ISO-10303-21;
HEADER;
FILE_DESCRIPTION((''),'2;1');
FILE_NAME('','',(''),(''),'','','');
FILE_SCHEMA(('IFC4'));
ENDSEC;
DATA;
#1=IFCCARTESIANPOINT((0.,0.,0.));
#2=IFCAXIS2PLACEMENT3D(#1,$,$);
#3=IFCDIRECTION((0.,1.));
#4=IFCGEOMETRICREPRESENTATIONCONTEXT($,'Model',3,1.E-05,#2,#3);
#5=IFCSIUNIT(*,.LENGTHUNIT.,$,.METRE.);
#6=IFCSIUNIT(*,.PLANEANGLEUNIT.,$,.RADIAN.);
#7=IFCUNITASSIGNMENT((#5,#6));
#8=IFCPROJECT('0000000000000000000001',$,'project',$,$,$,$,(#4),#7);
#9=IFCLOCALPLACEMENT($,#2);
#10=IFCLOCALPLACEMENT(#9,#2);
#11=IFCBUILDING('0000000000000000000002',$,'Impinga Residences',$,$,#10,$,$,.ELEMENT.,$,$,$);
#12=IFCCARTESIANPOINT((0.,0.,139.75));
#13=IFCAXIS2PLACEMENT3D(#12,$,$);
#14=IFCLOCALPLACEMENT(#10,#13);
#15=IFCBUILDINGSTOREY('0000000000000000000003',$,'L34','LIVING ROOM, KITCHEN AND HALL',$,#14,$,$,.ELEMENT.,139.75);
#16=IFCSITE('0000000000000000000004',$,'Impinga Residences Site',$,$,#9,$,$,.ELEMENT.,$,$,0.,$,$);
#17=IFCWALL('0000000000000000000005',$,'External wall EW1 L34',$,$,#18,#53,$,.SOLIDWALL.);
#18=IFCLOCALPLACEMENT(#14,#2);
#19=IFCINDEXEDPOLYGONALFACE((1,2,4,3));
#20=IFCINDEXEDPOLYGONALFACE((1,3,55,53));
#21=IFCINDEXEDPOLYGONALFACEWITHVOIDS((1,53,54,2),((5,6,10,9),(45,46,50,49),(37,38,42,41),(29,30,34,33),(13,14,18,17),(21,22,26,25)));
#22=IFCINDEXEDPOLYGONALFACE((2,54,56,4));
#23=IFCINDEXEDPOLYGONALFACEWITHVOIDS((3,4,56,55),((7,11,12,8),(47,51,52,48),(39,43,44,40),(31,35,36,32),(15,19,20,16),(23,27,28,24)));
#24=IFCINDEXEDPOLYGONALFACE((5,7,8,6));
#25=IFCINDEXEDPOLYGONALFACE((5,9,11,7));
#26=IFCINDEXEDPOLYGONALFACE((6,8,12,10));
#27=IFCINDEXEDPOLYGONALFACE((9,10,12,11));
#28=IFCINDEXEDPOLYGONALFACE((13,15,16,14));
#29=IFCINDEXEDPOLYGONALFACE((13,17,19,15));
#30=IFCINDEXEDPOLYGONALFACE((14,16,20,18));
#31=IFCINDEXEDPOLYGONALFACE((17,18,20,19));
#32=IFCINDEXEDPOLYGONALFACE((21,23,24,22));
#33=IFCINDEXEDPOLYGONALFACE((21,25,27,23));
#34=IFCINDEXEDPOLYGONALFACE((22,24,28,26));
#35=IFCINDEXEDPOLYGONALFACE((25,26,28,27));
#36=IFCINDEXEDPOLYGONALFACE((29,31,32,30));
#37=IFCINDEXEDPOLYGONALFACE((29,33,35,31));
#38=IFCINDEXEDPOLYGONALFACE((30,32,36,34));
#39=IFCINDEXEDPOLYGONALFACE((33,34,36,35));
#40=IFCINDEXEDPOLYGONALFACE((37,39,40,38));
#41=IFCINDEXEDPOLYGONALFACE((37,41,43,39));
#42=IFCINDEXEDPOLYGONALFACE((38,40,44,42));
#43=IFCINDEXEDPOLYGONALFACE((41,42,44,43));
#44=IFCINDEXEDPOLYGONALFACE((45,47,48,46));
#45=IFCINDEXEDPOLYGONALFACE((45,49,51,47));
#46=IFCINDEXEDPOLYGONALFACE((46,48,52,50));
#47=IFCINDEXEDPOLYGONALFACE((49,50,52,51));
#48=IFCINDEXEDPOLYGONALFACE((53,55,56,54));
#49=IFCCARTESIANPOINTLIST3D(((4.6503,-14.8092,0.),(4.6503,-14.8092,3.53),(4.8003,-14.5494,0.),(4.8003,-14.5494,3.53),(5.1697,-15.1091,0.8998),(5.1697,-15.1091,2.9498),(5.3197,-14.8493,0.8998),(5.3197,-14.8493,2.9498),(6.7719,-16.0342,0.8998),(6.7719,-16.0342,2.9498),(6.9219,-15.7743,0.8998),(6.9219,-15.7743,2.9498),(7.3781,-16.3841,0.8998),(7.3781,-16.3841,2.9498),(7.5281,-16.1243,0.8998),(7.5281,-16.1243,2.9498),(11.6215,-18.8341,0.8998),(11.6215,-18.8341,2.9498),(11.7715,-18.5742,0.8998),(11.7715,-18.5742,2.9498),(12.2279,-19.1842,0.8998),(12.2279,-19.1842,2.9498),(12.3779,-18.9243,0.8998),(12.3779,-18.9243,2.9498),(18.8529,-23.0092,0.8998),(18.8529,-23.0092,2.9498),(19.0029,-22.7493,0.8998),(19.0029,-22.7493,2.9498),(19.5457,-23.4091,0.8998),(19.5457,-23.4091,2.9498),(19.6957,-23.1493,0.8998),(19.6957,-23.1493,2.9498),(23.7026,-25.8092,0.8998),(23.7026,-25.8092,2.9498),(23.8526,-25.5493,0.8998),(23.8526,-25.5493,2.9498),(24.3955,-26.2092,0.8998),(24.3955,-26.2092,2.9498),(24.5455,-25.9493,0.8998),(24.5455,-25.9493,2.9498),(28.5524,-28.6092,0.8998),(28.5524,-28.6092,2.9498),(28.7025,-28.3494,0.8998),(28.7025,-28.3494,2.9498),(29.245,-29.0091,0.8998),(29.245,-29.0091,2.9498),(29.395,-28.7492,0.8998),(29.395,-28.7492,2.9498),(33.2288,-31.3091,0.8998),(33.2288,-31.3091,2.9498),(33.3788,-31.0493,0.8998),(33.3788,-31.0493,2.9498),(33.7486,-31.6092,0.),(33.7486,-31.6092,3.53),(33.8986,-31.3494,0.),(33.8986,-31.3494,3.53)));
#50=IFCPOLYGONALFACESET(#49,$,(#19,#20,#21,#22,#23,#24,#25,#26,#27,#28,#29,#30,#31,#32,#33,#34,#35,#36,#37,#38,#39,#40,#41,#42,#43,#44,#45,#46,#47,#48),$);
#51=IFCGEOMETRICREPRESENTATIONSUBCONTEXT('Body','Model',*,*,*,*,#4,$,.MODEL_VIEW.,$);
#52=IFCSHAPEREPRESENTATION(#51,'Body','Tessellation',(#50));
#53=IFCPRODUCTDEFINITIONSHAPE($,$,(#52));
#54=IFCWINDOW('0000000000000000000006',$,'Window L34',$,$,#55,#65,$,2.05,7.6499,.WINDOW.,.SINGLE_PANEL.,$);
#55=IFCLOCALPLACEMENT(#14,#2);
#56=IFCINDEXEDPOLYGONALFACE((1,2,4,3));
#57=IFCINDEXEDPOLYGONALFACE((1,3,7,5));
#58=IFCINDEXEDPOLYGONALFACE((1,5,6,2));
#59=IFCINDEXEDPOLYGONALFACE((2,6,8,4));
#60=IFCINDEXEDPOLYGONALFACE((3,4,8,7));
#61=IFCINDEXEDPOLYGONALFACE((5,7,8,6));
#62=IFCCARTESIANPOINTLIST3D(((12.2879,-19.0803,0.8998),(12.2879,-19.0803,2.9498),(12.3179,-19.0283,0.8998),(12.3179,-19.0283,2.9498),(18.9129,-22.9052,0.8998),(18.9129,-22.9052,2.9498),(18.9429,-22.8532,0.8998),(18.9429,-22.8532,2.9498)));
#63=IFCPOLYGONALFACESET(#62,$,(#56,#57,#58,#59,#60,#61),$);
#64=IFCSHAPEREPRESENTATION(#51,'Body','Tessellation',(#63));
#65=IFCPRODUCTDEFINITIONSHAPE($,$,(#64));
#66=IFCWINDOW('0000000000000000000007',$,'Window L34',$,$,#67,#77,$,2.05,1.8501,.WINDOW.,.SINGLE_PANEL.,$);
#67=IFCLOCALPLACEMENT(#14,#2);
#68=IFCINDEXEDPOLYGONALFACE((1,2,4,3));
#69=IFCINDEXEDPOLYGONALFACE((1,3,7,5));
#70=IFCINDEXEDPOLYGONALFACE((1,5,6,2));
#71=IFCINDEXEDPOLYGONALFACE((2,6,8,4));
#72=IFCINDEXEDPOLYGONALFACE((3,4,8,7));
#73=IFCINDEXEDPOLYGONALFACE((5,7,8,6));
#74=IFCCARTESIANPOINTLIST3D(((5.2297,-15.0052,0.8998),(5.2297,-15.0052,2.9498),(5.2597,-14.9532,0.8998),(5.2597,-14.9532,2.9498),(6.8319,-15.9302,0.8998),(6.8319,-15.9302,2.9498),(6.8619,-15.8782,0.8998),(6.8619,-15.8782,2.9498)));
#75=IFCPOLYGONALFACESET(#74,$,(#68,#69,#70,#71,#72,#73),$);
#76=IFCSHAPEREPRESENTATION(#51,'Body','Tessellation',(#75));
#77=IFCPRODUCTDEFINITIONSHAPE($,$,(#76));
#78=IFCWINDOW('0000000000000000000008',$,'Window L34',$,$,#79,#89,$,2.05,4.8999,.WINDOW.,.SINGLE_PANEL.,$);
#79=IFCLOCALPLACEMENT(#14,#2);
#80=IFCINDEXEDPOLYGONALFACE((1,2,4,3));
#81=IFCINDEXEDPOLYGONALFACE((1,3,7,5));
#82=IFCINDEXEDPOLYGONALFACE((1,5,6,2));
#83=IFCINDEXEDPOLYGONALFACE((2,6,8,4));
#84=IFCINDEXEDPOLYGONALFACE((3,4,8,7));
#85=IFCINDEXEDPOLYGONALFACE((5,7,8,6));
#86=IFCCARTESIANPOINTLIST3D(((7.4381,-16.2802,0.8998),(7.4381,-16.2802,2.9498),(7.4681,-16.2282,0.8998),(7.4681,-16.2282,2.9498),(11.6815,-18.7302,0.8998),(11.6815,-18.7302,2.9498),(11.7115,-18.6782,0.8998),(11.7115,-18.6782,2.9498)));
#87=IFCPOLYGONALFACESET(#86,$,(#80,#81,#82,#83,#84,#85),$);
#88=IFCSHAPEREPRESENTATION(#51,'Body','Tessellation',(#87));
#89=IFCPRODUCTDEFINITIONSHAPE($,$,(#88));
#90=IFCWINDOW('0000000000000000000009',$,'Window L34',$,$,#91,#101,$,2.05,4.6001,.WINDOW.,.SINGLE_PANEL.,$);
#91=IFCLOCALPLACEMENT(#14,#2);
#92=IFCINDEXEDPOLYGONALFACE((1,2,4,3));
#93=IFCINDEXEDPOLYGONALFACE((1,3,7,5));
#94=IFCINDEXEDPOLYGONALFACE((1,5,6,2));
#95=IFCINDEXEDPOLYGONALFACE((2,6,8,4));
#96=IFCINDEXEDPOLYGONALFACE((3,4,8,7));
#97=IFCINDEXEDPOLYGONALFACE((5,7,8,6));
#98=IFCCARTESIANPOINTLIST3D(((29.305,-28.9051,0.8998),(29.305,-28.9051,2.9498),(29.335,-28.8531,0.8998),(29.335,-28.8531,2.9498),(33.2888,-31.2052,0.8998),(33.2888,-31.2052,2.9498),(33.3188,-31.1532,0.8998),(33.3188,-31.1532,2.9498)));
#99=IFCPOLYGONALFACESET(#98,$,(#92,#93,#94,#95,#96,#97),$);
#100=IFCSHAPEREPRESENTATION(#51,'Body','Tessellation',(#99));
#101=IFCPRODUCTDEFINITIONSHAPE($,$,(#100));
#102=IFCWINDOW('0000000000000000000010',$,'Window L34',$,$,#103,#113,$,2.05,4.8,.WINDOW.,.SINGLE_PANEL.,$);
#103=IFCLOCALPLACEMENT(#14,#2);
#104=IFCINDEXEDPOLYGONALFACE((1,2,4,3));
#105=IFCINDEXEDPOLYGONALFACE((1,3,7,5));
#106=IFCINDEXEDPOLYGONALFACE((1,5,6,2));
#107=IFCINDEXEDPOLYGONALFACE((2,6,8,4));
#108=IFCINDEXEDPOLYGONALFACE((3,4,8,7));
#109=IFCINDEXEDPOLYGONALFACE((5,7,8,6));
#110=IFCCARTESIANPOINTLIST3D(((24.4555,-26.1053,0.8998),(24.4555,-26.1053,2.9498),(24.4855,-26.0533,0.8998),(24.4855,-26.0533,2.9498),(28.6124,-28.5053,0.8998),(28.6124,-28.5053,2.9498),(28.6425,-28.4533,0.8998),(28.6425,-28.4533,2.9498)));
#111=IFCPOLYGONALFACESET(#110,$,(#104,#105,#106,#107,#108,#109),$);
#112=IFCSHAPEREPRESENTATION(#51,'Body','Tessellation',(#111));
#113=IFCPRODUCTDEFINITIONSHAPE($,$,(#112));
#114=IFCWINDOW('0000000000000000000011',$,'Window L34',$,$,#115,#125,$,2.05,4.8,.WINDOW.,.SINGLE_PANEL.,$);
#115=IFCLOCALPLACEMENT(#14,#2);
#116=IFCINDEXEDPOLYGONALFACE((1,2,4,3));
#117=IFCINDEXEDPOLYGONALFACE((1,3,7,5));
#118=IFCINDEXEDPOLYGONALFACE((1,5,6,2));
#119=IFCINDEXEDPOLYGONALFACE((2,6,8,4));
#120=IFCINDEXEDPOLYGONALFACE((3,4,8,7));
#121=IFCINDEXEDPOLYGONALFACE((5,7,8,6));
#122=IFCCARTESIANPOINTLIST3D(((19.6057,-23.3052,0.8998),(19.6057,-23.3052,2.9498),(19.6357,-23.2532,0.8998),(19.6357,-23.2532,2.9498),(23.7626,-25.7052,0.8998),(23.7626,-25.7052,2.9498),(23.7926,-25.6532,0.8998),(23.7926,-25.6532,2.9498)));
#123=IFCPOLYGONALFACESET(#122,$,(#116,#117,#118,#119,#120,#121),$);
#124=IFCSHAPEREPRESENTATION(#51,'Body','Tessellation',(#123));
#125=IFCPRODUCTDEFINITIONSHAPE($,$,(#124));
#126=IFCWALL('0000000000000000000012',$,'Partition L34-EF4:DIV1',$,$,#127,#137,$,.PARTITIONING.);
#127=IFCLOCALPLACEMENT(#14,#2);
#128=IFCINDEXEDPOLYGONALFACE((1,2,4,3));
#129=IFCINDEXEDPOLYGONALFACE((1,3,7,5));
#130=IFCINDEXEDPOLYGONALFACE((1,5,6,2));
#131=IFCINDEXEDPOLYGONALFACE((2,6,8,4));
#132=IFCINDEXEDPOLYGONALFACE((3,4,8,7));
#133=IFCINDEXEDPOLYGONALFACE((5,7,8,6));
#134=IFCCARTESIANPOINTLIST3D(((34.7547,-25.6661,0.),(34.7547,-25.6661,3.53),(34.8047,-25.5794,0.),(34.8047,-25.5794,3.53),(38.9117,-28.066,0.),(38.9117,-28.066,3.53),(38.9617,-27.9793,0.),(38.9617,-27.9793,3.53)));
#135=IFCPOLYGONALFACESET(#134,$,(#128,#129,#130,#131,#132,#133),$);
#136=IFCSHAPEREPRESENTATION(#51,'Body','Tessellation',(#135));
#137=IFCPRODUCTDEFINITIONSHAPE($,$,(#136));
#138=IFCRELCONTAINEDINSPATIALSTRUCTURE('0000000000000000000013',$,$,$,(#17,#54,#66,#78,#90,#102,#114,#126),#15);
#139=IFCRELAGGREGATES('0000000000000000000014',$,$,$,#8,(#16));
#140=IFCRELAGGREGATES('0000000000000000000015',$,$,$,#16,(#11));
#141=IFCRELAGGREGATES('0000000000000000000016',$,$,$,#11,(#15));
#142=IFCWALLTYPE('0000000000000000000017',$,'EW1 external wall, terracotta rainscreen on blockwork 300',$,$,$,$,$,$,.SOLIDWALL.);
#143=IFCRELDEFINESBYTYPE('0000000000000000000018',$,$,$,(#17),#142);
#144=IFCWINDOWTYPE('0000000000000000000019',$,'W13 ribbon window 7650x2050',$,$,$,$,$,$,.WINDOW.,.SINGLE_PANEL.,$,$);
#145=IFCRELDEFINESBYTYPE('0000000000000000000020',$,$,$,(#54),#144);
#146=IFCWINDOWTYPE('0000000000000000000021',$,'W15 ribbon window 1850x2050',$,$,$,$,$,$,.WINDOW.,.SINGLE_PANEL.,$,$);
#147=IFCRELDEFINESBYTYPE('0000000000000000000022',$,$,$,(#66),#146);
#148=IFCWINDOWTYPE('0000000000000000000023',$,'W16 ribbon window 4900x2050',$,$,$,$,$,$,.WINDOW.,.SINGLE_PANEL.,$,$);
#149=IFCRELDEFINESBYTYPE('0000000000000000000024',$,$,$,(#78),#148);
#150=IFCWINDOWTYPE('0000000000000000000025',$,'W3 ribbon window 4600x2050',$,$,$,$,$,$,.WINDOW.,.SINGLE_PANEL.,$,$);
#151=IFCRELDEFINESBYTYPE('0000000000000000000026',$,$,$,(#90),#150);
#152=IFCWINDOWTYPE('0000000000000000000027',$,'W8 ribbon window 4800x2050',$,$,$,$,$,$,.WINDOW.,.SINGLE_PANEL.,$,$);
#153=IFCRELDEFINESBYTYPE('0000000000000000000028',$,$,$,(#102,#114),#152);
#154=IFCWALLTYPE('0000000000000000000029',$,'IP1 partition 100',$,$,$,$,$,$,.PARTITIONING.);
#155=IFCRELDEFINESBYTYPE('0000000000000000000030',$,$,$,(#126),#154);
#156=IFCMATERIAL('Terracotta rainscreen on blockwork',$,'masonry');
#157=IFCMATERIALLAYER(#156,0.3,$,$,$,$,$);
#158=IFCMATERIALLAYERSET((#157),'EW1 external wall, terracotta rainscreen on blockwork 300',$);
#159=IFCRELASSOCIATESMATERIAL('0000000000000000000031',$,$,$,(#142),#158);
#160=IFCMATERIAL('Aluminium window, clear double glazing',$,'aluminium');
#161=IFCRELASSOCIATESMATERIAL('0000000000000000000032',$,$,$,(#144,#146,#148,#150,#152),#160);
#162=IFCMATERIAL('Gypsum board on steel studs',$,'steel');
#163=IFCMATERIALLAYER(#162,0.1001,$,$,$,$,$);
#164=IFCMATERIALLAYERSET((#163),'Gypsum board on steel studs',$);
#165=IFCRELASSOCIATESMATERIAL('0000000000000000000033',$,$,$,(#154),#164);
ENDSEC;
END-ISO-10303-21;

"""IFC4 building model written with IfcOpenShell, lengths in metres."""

from ifc_helpers import new_model, si_unit, direction, frame, frame_2d, origin, place, context, subcontext, project, spatial, rectangle, extrude, material, layer, layer_set, type_object, element, fill, save


model = new_model("IFC4")

# Units and contexts
model_context = context("Model", 3, precision=1e-05, world=origin(), true_north=direction((0.0, 1.0)))
body_context = subcontext(model_context, "Body", "Model", "MODEL_VIEW")
ifc_project = project(units=[si_unit("LENGTHUNIT", "METRE"), si_unit("PLANEANGLEUNIT", "RADIAN")], contexts=[model_context])

# Site, building, storey
site_placement = place(None, origin())
site = spatial("IfcSite", under=ifc_project, at=site_placement, Name="Impinga Residences Site", CompositionType="ELEMENT", RefElevation=0.0)
building_placement = place(site_placement, origin())
building = spatial("IfcBuilding", under=site, at=building_placement, Name="Impinga Residences", CompositionType="ELEMENT")
storey_placement = place(building_placement, frame((0.0, 0.0, 139.75)))
storey = spatial("IfcBuildingStorey", under=building, at=storey_placement, Name="L34", Description="LIVING ROOM, KITCHEN AND HALL", CompositionType="ELEMENT", Elevation=139.75)

# Shared definitions
ifc_material_1 = material(Name="Terracotta rainscreen on blockwork", Category="masonry")
ifc_layer_1 = layer(ifc_material_1, 0.3)
ifc_layer_set_1 = layer_set([ifc_layer_1], Name="EW1 external wall, terracotta rainscreen on blockwork 300")
wall_type_1 = type_object("IfcWallType", Name="EW1 external wall, terracotta rainscreen on blockwork 300", PredefinedType="SOLIDWALL", material=ifc_layer_set_1)

# Wall, openings, windows
wall_1_placement = place(storey_placement, frame((33.8235, -31.4792, 0.0), z_axis=(0.0, 0.0, 1.0), x_axis=(-0.866024, 0.500002, 0.0)))
wall_1 = element("IfcWall", 1, at=wall_1_placement, inside=storey, type_object=wall_type_1, Name="External wall EW1 L34", PredefinedType="SOLIDWALL", context=body_context, shape_type="SweptSolid", body=[
    extrude(rectangle(XDim=33.5999, YDim=0.3, at=frame_2d((16.7998, 0.0))), origin(), (0.0, 0.0, 1.0), 3.53),
])
opening_1_placement = place(wall_1_placement, frame((0.6001, 0.0, 0.8999)))
opening_1 = element("IfcOpeningElement", 2, at=opening_1_placement, cuts=wall_1, PredefinedType="OPENING", context=body_context, shape_type="SweptSolid", body=[
    extrude(rectangle(XDim=4.6001, YDim=2.05, at=frame_2d((2.3, 1.0249))), frame((0.0, 0.1599, 0.0), z_axis=(0.0, -1.0, 0.0), x_axis=(1.0, 0.0, 0.0)), (0.0, 0.0, 1.0), 0.3201),
])
opening_2_placement = place(wall_1_placement, frame((6.0, 0.0, 0.8999)))
opening_2 = element("IfcOpeningElement", 3, at=opening_2_placement, cuts=wall_1, PredefinedType="OPENING", context=body_context, shape_type="SweptSolid", body=[
    extrude(rectangle(XDim=4.8, YDim=2.05, at=frame_2d((2.3999, 1.0249))), frame((0.0, 0.1599, 0.0), z_axis=(0.0, -1.0, 0.0), x_axis=(1.0, 0.0, 0.0)), (0.0, 0.0, 1.0), 0.3201),
])
opening_3_placement = place(wall_1_placement, frame((11.6001, 0.0, 0.8999)))
opening_3 = element("IfcOpeningElement", 4, at=opening_3_placement, cuts=wall_1, PredefinedType="OPENING", context=body_context, shape_type="SweptSolid", body=[
    extrude(rectangle(XDim=4.8, YDim=2.05, at=frame_2d((2.3999, 1.0249))), frame((0.0, 0.1599, 0.0), z_axis=(0.0, -1.0, 0.0), x_axis=(1.0, 0.0, 0.0)), (0.0, 0.0, 1.0), 0.3201),
])
opening_4_placement = place(wall_1_placement, frame((17.2, 0.0, 0.8999)))
opening_4 = element("IfcOpeningElement", 5, at=opening_4_placement, cuts=wall_1, PredefinedType="OPENING", context=body_context, shape_type="SweptSolid", body=[
    extrude(rectangle(XDim=7.6499, YDim=2.05, at=frame_2d((3.825, 1.0249))), frame((0.0, 0.1599, 0.0), z_axis=(0.0, -1.0, 0.0), x_axis=(1.0, 0.0, 0.0)), (0.0, 0.0, 1.0), 0.3201),
])
opening_5_placement = place(wall_1_placement, frame((25.55, 0.0, 0.8999)))
opening_5 = element("IfcOpeningElement", 6, at=opening_5_placement, cuts=wall_1, PredefinedType="OPENING", context=body_context, shape_type="SweptSolid", body=[
    extrude(rectangle(XDim=4.8999, YDim=2.05, at=frame_2d((2.45, 1.0249))), frame((0.0, 0.1599, 0.0), z_axis=(0.0, -1.0, 0.0), x_axis=(1.0, 0.0, 0.0)), (0.0, 0.0, 1.0), 0.3201),
])
opening_6_placement = place(wall_1_placement, frame((31.1499, 0.0, 0.8999)))
opening_6 = element("IfcOpeningElement", 7, at=opening_6_placement, cuts=wall_1, PredefinedType="OPENING", context=body_context, shape_type="SweptSolid", body=[
    extrude(rectangle(XDim=1.8501, YDim=2.05, at=frame_2d((0.925, 1.0249))), frame((0.0, 0.1599, 0.0), z_axis=(0.0, -1.0, 0.0), x_axis=(1.0, 0.0, 0.0)), (0.0, 0.0, 1.0), 0.3201),
])
ifc_material_2 = material(Name="Aluminium window, clear double glazing", Category="aluminium")
window_type_1 = type_object("IfcWindowType", Name="W13 ribbon window 7650x2050", PartitioningType="SINGLE_PANEL", PredefinedType="WINDOW", material=ifc_material_2)
window_1_placement = place(opening_4_placement, origin())
window_1 = element("IfcWindow", 8, at=window_1_placement, inside=storey, type_object=window_type_1, Name="Window L34", OverallHeight=2.05, OverallWidth=7.6499, PartitioningType="SINGLE_PANEL", PredefinedType="WINDOW", context=body_context, shape_type="SweptSolid", body=[
    extrude(rectangle(XDim=7.6499, YDim=2.05, at=frame_2d((3.825, 1.0249))), frame((0.0, 0.03, 0.0), z_axis=(0.0, -1.0, 0.0), x_axis=(1.0, 0.0, 0.0)), (0.0, 0.0, 1.0), 0.0601),
])
fill(opening_4, window_1)
window_type_2 = type_object("IfcWindowType", Name="W15 ribbon window 1850x2050", PartitioningType="SINGLE_PANEL", PredefinedType="WINDOW", material=ifc_material_2)
window_2_placement = place(opening_6_placement, origin())
window_2 = element("IfcWindow", 9, at=window_2_placement, inside=storey, type_object=window_type_2, Name="Window L34", OverallHeight=2.05, OverallWidth=1.8501, PartitioningType="SINGLE_PANEL", PredefinedType="WINDOW", context=body_context, shape_type="SweptSolid", body=[
    extrude(rectangle(XDim=1.8501, YDim=2.05, at=frame_2d((0.925, 1.0249))), frame((0.0, 0.03, 0.0), z_axis=(0.0, -1.0, 0.0), x_axis=(1.0, 0.0, 0.0)), (0.0, 0.0, 1.0), 0.0601),
])
fill(opening_6, window_2)
window_type_3 = type_object("IfcWindowType", Name="W16 ribbon window 4900x2050", PartitioningType="SINGLE_PANEL", PredefinedType="WINDOW", material=ifc_material_2)
window_3_placement = place(opening_5_placement, origin())
window_3 = element("IfcWindow", 10, at=window_3_placement, inside=storey, type_object=window_type_3, Name="Window L34", OverallHeight=2.05, OverallWidth=4.8999, PartitioningType="SINGLE_PANEL", PredefinedType="WINDOW", context=body_context, shape_type="SweptSolid", body=[
    extrude(rectangle(XDim=4.8999, YDim=2.05, at=frame_2d((2.45, 1.0249))), frame((0.0, 0.03, 0.0), z_axis=(0.0, -1.0, 0.0), x_axis=(1.0, 0.0, 0.0)), (0.0, 0.0, 1.0), 0.0601),
])
fill(opening_5, window_3)
window_type_4 = type_object("IfcWindowType", Name="W3 ribbon window 4600x2050", PartitioningType="SINGLE_PANEL", PredefinedType="WINDOW", material=ifc_material_2)
window_4_placement = place(opening_1_placement, origin())
window_4 = element("IfcWindow", 11, at=window_4_placement, inside=storey, type_object=window_type_4, Name="Window L34", OverallHeight=2.05, OverallWidth=4.6001, PartitioningType="SINGLE_PANEL", PredefinedType="WINDOW", context=body_context, shape_type="SweptSolid", body=[
    extrude(rectangle(XDim=4.6001, YDim=2.05, at=frame_2d((2.3, 1.0249))), frame((0.0, 0.03, 0.0), z_axis=(0.0, -1.0, 0.0), x_axis=(1.0, 0.0, 0.0)), (0.0, 0.0, 1.0), 0.0601),
])
fill(opening_1, window_4)
window_type_5 = type_object("IfcWindowType", Name="W8 ribbon window 4800x2050", PartitioningType="SINGLE_PANEL", PredefinedType="WINDOW", material=ifc_material_2)
window_5_placement = place(opening_2_placement, origin())
window_5 = element("IfcWindow", 12, at=window_5_placement, inside=storey, type_object=window_type_5, Name="Window L34", OverallHeight=2.05, OverallWidth=4.8, PartitioningType="SINGLE_PANEL", PredefinedType="WINDOW", context=body_context, shape_type="SweptSolid", body=[
    extrude(rectangle(XDim=4.8, YDim=2.05, at=frame_2d((2.3999, 1.0249))), frame((0.0, 0.03, 0.0), z_axis=(0.0, -1.0, 0.0), x_axis=(1.0, 0.0, 0.0)), (0.0, 0.0, 1.0), 0.0601),
])
fill(opening_2, window_5)
window_6_placement = place(opening_3_placement, origin())
window_6 = element("IfcWindow", 13, at=window_6_placement, inside=storey, type_object=window_type_5, Name="Window L34", OverallHeight=2.05, OverallWidth=4.8, PartitioningType="SINGLE_PANEL", PredefinedType="WINDOW", context=body_context, shape_type="SweptSolid", body=[
    extrude(rectangle(XDim=4.8, YDim=2.05, at=frame_2d((2.3999, 1.0249))), frame((0.0, 0.03, 0.0), z_axis=(0.0, -1.0, 0.0), x_axis=(1.0, 0.0, 0.0)), (0.0, 0.0, 1.0), 0.0601),
])
fill(opening_3, window_6)

# Wall
ifc_material_3 = material(Name="Gypsum board on steel studs", Category="steel")
ifc_layer_2 = layer(ifc_material_3, 0.1001)
ifc_layer_set_2 = layer_set([ifc_layer_2], Name="Gypsum board on steel studs")
wall_type_2 = type_object("IfcWallType", Name="IP1 partition 100", PredefinedType="PARTITIONING", material=ifc_layer_set_2)
wall_2_placement = place(storey_placement, frame((34.7798, -25.6228, 0.0), z_axis=(0.0, 0.0, 1.0), x_axis=(0.866037, -0.499979, 0.0)))
element("IfcWall", 14, at=wall_2_placement, inside=storey, type_object=wall_type_2, Name="Partition L34-EF4:DIV1", PredefinedType="PARTITIONING", context=body_context, shape_type="SweptSolid", body=[
    extrude(rectangle(XDim=4.8, YDim=0.1001, at=frame_2d((2.3999, 0.0))), origin(), (0.0, 0.0, 1.0), 3.53),
])

save(model, "model.ifc")
